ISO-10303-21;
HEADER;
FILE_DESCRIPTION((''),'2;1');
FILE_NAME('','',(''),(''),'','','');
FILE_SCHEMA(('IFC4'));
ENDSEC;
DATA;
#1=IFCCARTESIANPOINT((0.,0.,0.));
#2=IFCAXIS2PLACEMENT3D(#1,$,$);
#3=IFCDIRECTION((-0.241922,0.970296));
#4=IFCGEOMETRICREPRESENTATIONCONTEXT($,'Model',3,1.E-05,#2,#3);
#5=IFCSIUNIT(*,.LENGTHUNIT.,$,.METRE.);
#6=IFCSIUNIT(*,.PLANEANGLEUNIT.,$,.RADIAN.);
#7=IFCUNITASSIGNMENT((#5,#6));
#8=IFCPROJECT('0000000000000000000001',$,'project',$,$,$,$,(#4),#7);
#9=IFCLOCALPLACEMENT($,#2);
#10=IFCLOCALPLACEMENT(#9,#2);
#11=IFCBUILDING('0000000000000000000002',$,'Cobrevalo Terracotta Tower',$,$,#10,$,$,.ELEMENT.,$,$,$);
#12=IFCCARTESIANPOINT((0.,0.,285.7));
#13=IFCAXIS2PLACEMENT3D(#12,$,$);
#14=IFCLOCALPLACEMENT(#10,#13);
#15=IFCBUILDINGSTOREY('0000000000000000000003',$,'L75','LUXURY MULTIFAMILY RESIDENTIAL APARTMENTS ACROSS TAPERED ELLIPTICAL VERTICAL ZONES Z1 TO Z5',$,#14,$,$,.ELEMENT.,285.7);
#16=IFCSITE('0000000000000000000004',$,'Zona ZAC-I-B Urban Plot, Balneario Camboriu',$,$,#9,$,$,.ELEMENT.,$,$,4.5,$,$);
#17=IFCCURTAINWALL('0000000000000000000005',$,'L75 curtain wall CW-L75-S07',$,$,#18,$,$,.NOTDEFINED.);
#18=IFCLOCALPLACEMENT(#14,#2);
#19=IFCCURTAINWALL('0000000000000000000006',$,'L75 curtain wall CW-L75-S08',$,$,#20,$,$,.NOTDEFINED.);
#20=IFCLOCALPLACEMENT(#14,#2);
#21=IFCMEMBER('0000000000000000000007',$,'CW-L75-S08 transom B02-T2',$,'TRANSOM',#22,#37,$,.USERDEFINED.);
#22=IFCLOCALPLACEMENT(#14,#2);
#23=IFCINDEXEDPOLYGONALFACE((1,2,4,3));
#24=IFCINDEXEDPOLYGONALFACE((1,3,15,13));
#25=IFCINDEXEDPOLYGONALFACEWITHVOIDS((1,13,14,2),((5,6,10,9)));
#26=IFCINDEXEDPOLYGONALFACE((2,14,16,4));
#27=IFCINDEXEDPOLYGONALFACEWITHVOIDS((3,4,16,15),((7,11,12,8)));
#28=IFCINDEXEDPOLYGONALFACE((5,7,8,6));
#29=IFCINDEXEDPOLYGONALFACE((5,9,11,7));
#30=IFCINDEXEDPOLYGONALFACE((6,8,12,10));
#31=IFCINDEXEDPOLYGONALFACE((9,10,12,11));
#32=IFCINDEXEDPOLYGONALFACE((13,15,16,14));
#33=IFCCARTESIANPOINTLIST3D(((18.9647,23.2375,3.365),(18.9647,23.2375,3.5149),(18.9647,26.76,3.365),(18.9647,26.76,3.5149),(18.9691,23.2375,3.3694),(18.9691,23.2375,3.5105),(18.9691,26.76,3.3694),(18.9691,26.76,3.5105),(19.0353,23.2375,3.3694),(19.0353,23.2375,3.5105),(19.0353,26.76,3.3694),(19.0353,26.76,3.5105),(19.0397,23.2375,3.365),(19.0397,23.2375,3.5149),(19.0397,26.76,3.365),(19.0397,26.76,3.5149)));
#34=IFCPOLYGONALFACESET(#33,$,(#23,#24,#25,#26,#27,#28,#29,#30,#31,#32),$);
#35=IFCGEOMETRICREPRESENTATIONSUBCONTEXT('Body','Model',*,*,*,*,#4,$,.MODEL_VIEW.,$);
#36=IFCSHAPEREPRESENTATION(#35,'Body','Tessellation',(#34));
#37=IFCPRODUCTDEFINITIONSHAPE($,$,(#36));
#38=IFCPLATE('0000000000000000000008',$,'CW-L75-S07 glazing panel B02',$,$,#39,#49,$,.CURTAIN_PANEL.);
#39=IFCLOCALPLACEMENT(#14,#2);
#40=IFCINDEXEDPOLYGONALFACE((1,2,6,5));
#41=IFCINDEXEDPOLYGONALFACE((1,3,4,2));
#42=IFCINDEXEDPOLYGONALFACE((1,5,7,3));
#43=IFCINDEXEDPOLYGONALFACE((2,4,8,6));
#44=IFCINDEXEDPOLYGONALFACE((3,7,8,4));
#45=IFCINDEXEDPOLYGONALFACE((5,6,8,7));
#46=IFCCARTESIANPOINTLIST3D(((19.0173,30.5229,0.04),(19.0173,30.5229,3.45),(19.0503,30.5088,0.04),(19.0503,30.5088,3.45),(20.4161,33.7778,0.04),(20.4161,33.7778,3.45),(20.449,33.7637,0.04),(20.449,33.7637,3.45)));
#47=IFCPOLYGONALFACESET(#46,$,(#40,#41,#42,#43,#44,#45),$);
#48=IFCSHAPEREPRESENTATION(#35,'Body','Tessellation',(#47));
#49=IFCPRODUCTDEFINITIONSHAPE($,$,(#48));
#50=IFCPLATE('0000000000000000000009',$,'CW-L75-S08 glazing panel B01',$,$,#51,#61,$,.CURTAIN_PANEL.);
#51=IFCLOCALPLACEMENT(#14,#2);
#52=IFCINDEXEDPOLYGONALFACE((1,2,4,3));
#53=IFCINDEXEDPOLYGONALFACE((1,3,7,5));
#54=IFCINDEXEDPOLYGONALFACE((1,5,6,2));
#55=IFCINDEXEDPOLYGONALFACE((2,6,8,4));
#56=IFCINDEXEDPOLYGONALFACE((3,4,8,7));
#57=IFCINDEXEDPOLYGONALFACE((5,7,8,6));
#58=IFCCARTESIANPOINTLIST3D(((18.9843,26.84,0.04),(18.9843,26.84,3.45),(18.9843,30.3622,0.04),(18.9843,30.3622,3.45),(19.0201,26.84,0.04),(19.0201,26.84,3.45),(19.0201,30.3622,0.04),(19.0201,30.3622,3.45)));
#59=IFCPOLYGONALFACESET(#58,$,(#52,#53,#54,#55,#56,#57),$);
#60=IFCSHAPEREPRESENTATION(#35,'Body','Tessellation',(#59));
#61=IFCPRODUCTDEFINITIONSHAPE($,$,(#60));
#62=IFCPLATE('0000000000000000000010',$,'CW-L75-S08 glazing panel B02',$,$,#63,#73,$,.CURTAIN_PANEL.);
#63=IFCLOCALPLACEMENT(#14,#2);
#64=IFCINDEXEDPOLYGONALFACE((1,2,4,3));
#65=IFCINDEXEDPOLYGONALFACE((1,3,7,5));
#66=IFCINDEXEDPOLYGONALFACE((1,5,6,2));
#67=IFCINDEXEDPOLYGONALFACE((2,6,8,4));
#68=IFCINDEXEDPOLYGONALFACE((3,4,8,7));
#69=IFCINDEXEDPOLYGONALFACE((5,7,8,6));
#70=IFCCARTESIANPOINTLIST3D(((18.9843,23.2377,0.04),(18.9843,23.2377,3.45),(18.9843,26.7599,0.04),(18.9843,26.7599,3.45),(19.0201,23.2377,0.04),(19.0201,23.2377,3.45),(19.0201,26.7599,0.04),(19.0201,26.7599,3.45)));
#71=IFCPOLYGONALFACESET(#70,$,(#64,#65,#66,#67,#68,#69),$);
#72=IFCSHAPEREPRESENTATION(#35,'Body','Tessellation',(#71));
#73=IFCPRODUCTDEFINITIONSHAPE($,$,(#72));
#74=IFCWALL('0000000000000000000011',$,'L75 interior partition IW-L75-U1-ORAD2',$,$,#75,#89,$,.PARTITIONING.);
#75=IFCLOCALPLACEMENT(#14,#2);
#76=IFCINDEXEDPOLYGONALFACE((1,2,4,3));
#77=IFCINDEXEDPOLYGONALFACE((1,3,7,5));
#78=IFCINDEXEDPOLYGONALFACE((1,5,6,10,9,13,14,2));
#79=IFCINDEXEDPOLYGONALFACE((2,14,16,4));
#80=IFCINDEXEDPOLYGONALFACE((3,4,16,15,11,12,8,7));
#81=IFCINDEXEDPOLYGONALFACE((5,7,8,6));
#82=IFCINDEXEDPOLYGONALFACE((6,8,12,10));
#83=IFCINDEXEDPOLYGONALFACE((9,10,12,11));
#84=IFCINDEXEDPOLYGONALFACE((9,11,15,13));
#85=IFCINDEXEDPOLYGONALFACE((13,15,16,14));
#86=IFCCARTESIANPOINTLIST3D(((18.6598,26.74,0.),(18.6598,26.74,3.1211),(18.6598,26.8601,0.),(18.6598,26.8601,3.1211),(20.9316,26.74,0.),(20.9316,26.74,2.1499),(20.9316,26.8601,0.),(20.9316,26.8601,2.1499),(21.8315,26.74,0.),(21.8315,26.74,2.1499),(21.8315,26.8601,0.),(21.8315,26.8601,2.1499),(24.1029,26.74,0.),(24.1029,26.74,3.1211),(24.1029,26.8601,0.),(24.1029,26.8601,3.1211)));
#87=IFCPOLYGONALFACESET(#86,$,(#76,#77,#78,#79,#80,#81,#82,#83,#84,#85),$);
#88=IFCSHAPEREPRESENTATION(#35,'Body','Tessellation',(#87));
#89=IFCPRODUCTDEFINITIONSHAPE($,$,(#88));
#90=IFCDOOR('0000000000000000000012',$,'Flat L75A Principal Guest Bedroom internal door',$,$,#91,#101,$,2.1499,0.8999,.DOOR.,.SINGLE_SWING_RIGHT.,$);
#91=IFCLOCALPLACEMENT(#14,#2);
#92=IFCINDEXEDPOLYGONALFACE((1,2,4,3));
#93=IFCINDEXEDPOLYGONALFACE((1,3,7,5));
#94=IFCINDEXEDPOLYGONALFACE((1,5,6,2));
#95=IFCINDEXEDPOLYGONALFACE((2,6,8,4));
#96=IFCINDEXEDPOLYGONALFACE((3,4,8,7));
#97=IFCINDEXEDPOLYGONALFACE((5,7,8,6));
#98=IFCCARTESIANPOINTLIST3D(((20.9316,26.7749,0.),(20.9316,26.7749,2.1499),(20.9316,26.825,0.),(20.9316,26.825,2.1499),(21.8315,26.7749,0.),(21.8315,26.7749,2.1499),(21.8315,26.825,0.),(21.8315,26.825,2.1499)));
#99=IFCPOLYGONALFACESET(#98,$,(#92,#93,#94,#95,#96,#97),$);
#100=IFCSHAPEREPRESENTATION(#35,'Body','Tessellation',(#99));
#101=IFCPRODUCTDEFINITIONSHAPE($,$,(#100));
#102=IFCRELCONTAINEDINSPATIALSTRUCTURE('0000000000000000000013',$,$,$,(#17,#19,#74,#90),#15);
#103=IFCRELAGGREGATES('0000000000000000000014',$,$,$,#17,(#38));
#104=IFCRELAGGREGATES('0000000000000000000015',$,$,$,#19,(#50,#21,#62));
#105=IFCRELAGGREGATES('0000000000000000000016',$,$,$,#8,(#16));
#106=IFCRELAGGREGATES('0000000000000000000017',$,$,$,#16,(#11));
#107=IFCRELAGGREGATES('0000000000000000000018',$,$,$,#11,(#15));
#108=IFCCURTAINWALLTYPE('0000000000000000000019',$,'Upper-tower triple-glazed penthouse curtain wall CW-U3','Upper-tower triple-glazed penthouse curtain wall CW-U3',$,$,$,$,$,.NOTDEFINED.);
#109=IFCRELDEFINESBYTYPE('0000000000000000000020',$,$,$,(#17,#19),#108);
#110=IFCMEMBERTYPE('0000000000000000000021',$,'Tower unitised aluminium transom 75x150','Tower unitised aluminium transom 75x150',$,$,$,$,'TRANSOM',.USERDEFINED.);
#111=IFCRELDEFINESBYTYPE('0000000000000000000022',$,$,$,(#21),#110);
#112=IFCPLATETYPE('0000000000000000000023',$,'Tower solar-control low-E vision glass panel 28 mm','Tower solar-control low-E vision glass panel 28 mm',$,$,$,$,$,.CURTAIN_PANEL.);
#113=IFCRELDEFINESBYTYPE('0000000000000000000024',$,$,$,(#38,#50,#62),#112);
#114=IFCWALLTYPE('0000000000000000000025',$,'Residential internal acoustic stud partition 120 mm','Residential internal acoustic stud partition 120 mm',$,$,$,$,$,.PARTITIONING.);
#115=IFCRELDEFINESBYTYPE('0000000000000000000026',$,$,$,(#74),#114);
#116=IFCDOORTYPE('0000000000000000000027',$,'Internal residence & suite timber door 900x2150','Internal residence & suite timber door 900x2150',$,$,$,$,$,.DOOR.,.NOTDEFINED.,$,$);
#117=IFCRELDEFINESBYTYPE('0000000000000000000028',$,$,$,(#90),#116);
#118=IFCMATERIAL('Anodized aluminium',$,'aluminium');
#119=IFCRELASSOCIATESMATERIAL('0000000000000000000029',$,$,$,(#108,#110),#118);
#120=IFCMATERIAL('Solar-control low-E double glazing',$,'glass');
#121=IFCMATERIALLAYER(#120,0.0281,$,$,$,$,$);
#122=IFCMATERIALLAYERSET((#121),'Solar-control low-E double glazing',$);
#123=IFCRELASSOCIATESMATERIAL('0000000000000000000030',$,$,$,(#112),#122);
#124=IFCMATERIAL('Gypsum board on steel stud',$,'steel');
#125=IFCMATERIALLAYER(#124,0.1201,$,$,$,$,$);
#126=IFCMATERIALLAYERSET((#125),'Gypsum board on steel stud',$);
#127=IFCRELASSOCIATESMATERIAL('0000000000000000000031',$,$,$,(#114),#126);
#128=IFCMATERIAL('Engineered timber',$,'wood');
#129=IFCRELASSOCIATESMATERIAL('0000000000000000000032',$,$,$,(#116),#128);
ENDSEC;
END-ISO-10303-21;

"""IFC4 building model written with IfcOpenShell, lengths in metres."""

from ifc_helpers import new_model, si_unit, direction, frame, frame_2d, origin, origin_2d, place, context, subcontext, project, spatial, rectangle, hollow_rectangle, extrude, source, transform, mapped, material, layer, layer_set, material_profile, profile_set, type_object, element, fill, aggregate, save


model = new_model("IFC4")

# Units and contexts
model_context = context("Model", 3, precision=1e-05, world=origin(), true_north=direction((-0.241922, 0.970296)))
body_context = subcontext(model_context, "Body", "Model", "MODEL_VIEW")
ifc_project = project(units=[si_unit("LENGTHUNIT", "METRE"), si_unit("PLANEANGLEUNIT", "RADIAN")], contexts=[model_context])

# Site, building, storey
site_placement = place(None, origin())
site = spatial("IfcSite", under=ifc_project, at=site_placement, Name="Zona ZAC-I-B Urban Plot, Balneario Camboriu", CompositionType="ELEMENT", RefElevation=4.5)
building_placement = place(site_placement, origin())
building = spatial("IfcBuilding", under=site, at=building_placement, Name="Cobrevalo Terracotta Tower", CompositionType="ELEMENT")
storey_placement = place(building_placement, frame((0.0, 0.0, 285.7)))
storey = spatial("IfcBuildingStorey", under=building, at=storey_placement, Name="L75", Description="LUXURY MULTIFAMILY RESIDENTIAL APARTMENTS ACROSS TAPERED ELLIPTICAL VERTICAL ZONES Z1 TO Z5", CompositionType="ELEMENT", Elevation=285.7)

# Curtain wall
ifc_material_1 = material(Name="Anodized aluminium", Category="aluminium")
curtain_wall_type = type_object("IfcCurtainWallType", Name="Upper-tower triple-glazed penthouse curtain wall CW-U3", Description="Upper-tower triple-glazed penthouse curtain wall CW-U3", PredefinedType="NOTDEFINED", material=ifc_material_1)
curtain_wall_1_placement = place(storey_placement, origin())
curtain_wall_1 = element("IfcCurtainWall", 1, at=curtain_wall_1_placement, inside=storey, type_object=curtain_wall_type, Name="L75 curtain wall CW-L75-S07", PredefinedType="NOTDEFINED")

# Curtain wall, member
curtain_wall_2_placement = place(storey_placement, origin())
curtain_wall_2 = element("IfcCurtainWall", 2, at=curtain_wall_2_placement, inside=storey, type_object=curtain_wall_type, Name="L75 curtain wall CW-L75-S08", PredefinedType="NOTDEFINED")
ifc_material_profile_1 = material_profile(ifc_material_1, hollow_rectangle(XDim=0.075, YDim=0.1499, WallThickness=0.0044, at=origin_2d()), Name="CWT 75x150")
ifc_profile_set_1 = profile_set([ifc_material_profile_1], Name="Anodized aluminium")
member_type_1 = type_object("IfcMemberType", Name="Tower unitised aluminium transom 75x150", Description="Tower unitised aluminium transom 75x150", ElementType="TRANSOM", PredefinedType="USERDEFINED", material=ifc_profile_set_1)
shared_shape_1 = source(origin(), body_context, "Body", "SweptSolid", [
    extrude(hollow_rectangle(XDim=0.075, YDim=0.1499, WallThickness=0.0044, at=origin_2d()), origin(), (0.0, 0.0, 1.0), 3.5225),
])
member_1_placement = place(storey_placement, frame((19.0022, 26.76, 3.4399), z_axis=(0.0, -1.0, 0.0), x_axis=(1.0, 0.0, 0.0)))
member_1 = element("IfcMember", 3, at=member_1_placement, type_object=member_type_1, Name="CW-L75-S08 transom B02-T2", ObjectType="TRANSOM", PredefinedType="USERDEFINED", context=body_context, shape_type="MappedRepresentation", body=[
    mapped(shared_shape_1, transform((0.0, 0.0, 0.0), scale=1.0)),
])

# Plates
ifc_material_2 = material(Name="Solar-control low-E double glazing", Category="glass")
ifc_layer_1 = layer(ifc_material_2, 0.0281)
ifc_layer_set_1 = layer_set([ifc_layer_1], Name="Solar-control low-E double glazing")
plate_type = type_object("IfcPlateType", Name="Tower solar-control low-E vision glass panel 28 mm", Description="Tower solar-control low-E vision glass panel 28 mm", PredefinedType="CURTAIN_PANEL", material=ifc_layer_set_1)
shared_shape_2 = source(origin(), body_context, "Body", "SweptSolid", [
    extrude(rectangle(XDim=3.5427, YDim=0.0359, at=origin_2d()), origin(), (0.0, 0.0, 1.0), 3.4099),
])
plate_1_placement = place(storey_placement, frame((19.7332, 32.1433, 0.04), z_axis=(0.0, 0.0, 1.0), x_axis=(-0.394829, -0.918755, 0.0)))
plate_1 = element("IfcPlate", 4, at=plate_1_placement, type_object=plate_type, Name="CW-L75-S07 glazing panel B02", PredefinedType="CURTAIN_PANEL", context=body_context, shape_type="MappedRepresentation", body=[
    mapped(shared_shape_2, transform((0.0, 0.0, 0.0), scale=1.0)),
])
aggregate(curtain_wall_1, [plate_1])
shared_shape_3 = source(origin(), body_context, "Body", "SweptSolid", [
    extrude(rectangle(XDim=3.5222, YDim=0.0359, at=origin_2d()), origin(), (0.0, 0.0, 1.0), 3.4099),
])
plate_2_placement = place(storey_placement, frame((19.0022, 28.6011, 0.04), z_axis=(0.0, 0.0, 1.0), x_axis=(0.0, -1.0, 0.0)))
plate_2 = element("IfcPlate", 5, at=plate_2_placement, type_object=plate_type, Name="CW-L75-S08 glazing panel B01", PredefinedType="CURTAIN_PANEL", context=body_context, shape_type="MappedRepresentation", body=[
    mapped(shared_shape_3, transform((0.0, 0.0, 0.0), scale=1.0)),
])
plate_3_placement = place(storey_placement, frame((19.0022, 24.9988, 0.04), z_axis=(0.0, 0.0, 1.0), x_axis=(0.0, -1.0, 0.0)))
plate_3 = element("IfcPlate", 6, at=plate_3_placement, type_object=plate_type, Name="CW-L75-S08 glazing panel B02", PredefinedType="CURTAIN_PANEL", context=body_context, shape_type="MappedRepresentation", body=[
    mapped(shared_shape_3, transform((0.0, 0.0, 0.0), scale=1.0)),
])
aggregate(curtain_wall_2, [plate_2, member_1, plate_3])

# Wall, opening, door
ifc_material_3 = material(Name="Gypsum board on steel stud", Category="steel")
ifc_layer_2 = layer(ifc_material_3, 0.1201)
ifc_layer_set_2 = layer_set([ifc_layer_2], Name="Gypsum board on steel stud")
wall_type = type_object("IfcWallType", Name="Residential internal acoustic stud partition 120 mm", Description="Residential internal acoustic stud partition 120 mm", PredefinedType="PARTITIONING", material=ifc_layer_set_2)
wall_placement = place(storey_placement, frame((24.103, 26.8, 0.0), z_axis=(0.0, 0.0, 1.0), x_axis=(-1.0, 0.0, 0.0)))
wall = element("IfcWall", 7, at=wall_placement, inside=storey, type_object=wall_type, Name="L75 interior partition IW-L75-U1-ORAD2", PredefinedType="PARTITIONING", context=body_context, shape_type="SweptSolid", body=[
    extrude(rectangle(XDim=5.4431, YDim=0.1201, at=frame_2d((2.7217, 0.0))), origin(), (0.0, 0.0, 1.0), 3.1211),
])
opening_placement = place(wall_placement, frame((2.2715, 0.0, 0.0)))
opening = element("IfcOpeningElement", 8, at=opening_placement, cuts=wall, PredefinedType="OPENING", context=body_context, shape_type="SweptSolid", body=[
    extrude(rectangle(XDim=0.8999, YDim=2.1499, at=frame_2d((0.45, 1.075))), frame((0.0, 0.0701, 0.0), z_axis=(0.0, -1.0, 0.0), x_axis=(1.0, 0.0, 0.0)), (0.0, 0.0, 1.0), 0.1401),
])
ifc_material_4 = material(Name="Engineered timber", Category="wood")
door_type = type_object("IfcDoorType", Name="Internal residence & suite timber door 900x2150", Description="Internal residence & suite timber door 900x2150", OperationType="NOTDEFINED", PredefinedType="DOOR", material=ifc_material_4)
shared_shape_4 = source(origin(), body_context, "Body", "SweptSolid", [
    extrude(rectangle(XDim=0.8999, YDim=2.1499, at=frame_2d((0.45, 1.075))), frame((0.0, 0.0249, 0.0), z_axis=(0.0, -1.0, 0.0), x_axis=(1.0, 0.0, 0.0)), (0.0, 0.0, 1.0), 0.05),
])
door_placement = place(opening_placement, frame((0.8999, 0.0, 0.0), z_axis=(0.0, 0.0, 1.0), x_axis=(-1.0, 0.0, 0.0)))
door = element("IfcDoor", 9, at=door_placement, inside=storey, type_object=door_type, Name="Flat L75A Principal Guest Bedroom internal door", OperationType="SINGLE_SWING_RIGHT", OverallHeight=2.1499, OverallWidth=0.8999, PredefinedType="DOOR", context=body_context, shape_type="MappedRepresentation", body=[
    mapped(shared_shape_4, transform((0.0, 0.0, 0.0), scale=1.0)),
])
fill(opening, door)

save(model, "model.ifc")
